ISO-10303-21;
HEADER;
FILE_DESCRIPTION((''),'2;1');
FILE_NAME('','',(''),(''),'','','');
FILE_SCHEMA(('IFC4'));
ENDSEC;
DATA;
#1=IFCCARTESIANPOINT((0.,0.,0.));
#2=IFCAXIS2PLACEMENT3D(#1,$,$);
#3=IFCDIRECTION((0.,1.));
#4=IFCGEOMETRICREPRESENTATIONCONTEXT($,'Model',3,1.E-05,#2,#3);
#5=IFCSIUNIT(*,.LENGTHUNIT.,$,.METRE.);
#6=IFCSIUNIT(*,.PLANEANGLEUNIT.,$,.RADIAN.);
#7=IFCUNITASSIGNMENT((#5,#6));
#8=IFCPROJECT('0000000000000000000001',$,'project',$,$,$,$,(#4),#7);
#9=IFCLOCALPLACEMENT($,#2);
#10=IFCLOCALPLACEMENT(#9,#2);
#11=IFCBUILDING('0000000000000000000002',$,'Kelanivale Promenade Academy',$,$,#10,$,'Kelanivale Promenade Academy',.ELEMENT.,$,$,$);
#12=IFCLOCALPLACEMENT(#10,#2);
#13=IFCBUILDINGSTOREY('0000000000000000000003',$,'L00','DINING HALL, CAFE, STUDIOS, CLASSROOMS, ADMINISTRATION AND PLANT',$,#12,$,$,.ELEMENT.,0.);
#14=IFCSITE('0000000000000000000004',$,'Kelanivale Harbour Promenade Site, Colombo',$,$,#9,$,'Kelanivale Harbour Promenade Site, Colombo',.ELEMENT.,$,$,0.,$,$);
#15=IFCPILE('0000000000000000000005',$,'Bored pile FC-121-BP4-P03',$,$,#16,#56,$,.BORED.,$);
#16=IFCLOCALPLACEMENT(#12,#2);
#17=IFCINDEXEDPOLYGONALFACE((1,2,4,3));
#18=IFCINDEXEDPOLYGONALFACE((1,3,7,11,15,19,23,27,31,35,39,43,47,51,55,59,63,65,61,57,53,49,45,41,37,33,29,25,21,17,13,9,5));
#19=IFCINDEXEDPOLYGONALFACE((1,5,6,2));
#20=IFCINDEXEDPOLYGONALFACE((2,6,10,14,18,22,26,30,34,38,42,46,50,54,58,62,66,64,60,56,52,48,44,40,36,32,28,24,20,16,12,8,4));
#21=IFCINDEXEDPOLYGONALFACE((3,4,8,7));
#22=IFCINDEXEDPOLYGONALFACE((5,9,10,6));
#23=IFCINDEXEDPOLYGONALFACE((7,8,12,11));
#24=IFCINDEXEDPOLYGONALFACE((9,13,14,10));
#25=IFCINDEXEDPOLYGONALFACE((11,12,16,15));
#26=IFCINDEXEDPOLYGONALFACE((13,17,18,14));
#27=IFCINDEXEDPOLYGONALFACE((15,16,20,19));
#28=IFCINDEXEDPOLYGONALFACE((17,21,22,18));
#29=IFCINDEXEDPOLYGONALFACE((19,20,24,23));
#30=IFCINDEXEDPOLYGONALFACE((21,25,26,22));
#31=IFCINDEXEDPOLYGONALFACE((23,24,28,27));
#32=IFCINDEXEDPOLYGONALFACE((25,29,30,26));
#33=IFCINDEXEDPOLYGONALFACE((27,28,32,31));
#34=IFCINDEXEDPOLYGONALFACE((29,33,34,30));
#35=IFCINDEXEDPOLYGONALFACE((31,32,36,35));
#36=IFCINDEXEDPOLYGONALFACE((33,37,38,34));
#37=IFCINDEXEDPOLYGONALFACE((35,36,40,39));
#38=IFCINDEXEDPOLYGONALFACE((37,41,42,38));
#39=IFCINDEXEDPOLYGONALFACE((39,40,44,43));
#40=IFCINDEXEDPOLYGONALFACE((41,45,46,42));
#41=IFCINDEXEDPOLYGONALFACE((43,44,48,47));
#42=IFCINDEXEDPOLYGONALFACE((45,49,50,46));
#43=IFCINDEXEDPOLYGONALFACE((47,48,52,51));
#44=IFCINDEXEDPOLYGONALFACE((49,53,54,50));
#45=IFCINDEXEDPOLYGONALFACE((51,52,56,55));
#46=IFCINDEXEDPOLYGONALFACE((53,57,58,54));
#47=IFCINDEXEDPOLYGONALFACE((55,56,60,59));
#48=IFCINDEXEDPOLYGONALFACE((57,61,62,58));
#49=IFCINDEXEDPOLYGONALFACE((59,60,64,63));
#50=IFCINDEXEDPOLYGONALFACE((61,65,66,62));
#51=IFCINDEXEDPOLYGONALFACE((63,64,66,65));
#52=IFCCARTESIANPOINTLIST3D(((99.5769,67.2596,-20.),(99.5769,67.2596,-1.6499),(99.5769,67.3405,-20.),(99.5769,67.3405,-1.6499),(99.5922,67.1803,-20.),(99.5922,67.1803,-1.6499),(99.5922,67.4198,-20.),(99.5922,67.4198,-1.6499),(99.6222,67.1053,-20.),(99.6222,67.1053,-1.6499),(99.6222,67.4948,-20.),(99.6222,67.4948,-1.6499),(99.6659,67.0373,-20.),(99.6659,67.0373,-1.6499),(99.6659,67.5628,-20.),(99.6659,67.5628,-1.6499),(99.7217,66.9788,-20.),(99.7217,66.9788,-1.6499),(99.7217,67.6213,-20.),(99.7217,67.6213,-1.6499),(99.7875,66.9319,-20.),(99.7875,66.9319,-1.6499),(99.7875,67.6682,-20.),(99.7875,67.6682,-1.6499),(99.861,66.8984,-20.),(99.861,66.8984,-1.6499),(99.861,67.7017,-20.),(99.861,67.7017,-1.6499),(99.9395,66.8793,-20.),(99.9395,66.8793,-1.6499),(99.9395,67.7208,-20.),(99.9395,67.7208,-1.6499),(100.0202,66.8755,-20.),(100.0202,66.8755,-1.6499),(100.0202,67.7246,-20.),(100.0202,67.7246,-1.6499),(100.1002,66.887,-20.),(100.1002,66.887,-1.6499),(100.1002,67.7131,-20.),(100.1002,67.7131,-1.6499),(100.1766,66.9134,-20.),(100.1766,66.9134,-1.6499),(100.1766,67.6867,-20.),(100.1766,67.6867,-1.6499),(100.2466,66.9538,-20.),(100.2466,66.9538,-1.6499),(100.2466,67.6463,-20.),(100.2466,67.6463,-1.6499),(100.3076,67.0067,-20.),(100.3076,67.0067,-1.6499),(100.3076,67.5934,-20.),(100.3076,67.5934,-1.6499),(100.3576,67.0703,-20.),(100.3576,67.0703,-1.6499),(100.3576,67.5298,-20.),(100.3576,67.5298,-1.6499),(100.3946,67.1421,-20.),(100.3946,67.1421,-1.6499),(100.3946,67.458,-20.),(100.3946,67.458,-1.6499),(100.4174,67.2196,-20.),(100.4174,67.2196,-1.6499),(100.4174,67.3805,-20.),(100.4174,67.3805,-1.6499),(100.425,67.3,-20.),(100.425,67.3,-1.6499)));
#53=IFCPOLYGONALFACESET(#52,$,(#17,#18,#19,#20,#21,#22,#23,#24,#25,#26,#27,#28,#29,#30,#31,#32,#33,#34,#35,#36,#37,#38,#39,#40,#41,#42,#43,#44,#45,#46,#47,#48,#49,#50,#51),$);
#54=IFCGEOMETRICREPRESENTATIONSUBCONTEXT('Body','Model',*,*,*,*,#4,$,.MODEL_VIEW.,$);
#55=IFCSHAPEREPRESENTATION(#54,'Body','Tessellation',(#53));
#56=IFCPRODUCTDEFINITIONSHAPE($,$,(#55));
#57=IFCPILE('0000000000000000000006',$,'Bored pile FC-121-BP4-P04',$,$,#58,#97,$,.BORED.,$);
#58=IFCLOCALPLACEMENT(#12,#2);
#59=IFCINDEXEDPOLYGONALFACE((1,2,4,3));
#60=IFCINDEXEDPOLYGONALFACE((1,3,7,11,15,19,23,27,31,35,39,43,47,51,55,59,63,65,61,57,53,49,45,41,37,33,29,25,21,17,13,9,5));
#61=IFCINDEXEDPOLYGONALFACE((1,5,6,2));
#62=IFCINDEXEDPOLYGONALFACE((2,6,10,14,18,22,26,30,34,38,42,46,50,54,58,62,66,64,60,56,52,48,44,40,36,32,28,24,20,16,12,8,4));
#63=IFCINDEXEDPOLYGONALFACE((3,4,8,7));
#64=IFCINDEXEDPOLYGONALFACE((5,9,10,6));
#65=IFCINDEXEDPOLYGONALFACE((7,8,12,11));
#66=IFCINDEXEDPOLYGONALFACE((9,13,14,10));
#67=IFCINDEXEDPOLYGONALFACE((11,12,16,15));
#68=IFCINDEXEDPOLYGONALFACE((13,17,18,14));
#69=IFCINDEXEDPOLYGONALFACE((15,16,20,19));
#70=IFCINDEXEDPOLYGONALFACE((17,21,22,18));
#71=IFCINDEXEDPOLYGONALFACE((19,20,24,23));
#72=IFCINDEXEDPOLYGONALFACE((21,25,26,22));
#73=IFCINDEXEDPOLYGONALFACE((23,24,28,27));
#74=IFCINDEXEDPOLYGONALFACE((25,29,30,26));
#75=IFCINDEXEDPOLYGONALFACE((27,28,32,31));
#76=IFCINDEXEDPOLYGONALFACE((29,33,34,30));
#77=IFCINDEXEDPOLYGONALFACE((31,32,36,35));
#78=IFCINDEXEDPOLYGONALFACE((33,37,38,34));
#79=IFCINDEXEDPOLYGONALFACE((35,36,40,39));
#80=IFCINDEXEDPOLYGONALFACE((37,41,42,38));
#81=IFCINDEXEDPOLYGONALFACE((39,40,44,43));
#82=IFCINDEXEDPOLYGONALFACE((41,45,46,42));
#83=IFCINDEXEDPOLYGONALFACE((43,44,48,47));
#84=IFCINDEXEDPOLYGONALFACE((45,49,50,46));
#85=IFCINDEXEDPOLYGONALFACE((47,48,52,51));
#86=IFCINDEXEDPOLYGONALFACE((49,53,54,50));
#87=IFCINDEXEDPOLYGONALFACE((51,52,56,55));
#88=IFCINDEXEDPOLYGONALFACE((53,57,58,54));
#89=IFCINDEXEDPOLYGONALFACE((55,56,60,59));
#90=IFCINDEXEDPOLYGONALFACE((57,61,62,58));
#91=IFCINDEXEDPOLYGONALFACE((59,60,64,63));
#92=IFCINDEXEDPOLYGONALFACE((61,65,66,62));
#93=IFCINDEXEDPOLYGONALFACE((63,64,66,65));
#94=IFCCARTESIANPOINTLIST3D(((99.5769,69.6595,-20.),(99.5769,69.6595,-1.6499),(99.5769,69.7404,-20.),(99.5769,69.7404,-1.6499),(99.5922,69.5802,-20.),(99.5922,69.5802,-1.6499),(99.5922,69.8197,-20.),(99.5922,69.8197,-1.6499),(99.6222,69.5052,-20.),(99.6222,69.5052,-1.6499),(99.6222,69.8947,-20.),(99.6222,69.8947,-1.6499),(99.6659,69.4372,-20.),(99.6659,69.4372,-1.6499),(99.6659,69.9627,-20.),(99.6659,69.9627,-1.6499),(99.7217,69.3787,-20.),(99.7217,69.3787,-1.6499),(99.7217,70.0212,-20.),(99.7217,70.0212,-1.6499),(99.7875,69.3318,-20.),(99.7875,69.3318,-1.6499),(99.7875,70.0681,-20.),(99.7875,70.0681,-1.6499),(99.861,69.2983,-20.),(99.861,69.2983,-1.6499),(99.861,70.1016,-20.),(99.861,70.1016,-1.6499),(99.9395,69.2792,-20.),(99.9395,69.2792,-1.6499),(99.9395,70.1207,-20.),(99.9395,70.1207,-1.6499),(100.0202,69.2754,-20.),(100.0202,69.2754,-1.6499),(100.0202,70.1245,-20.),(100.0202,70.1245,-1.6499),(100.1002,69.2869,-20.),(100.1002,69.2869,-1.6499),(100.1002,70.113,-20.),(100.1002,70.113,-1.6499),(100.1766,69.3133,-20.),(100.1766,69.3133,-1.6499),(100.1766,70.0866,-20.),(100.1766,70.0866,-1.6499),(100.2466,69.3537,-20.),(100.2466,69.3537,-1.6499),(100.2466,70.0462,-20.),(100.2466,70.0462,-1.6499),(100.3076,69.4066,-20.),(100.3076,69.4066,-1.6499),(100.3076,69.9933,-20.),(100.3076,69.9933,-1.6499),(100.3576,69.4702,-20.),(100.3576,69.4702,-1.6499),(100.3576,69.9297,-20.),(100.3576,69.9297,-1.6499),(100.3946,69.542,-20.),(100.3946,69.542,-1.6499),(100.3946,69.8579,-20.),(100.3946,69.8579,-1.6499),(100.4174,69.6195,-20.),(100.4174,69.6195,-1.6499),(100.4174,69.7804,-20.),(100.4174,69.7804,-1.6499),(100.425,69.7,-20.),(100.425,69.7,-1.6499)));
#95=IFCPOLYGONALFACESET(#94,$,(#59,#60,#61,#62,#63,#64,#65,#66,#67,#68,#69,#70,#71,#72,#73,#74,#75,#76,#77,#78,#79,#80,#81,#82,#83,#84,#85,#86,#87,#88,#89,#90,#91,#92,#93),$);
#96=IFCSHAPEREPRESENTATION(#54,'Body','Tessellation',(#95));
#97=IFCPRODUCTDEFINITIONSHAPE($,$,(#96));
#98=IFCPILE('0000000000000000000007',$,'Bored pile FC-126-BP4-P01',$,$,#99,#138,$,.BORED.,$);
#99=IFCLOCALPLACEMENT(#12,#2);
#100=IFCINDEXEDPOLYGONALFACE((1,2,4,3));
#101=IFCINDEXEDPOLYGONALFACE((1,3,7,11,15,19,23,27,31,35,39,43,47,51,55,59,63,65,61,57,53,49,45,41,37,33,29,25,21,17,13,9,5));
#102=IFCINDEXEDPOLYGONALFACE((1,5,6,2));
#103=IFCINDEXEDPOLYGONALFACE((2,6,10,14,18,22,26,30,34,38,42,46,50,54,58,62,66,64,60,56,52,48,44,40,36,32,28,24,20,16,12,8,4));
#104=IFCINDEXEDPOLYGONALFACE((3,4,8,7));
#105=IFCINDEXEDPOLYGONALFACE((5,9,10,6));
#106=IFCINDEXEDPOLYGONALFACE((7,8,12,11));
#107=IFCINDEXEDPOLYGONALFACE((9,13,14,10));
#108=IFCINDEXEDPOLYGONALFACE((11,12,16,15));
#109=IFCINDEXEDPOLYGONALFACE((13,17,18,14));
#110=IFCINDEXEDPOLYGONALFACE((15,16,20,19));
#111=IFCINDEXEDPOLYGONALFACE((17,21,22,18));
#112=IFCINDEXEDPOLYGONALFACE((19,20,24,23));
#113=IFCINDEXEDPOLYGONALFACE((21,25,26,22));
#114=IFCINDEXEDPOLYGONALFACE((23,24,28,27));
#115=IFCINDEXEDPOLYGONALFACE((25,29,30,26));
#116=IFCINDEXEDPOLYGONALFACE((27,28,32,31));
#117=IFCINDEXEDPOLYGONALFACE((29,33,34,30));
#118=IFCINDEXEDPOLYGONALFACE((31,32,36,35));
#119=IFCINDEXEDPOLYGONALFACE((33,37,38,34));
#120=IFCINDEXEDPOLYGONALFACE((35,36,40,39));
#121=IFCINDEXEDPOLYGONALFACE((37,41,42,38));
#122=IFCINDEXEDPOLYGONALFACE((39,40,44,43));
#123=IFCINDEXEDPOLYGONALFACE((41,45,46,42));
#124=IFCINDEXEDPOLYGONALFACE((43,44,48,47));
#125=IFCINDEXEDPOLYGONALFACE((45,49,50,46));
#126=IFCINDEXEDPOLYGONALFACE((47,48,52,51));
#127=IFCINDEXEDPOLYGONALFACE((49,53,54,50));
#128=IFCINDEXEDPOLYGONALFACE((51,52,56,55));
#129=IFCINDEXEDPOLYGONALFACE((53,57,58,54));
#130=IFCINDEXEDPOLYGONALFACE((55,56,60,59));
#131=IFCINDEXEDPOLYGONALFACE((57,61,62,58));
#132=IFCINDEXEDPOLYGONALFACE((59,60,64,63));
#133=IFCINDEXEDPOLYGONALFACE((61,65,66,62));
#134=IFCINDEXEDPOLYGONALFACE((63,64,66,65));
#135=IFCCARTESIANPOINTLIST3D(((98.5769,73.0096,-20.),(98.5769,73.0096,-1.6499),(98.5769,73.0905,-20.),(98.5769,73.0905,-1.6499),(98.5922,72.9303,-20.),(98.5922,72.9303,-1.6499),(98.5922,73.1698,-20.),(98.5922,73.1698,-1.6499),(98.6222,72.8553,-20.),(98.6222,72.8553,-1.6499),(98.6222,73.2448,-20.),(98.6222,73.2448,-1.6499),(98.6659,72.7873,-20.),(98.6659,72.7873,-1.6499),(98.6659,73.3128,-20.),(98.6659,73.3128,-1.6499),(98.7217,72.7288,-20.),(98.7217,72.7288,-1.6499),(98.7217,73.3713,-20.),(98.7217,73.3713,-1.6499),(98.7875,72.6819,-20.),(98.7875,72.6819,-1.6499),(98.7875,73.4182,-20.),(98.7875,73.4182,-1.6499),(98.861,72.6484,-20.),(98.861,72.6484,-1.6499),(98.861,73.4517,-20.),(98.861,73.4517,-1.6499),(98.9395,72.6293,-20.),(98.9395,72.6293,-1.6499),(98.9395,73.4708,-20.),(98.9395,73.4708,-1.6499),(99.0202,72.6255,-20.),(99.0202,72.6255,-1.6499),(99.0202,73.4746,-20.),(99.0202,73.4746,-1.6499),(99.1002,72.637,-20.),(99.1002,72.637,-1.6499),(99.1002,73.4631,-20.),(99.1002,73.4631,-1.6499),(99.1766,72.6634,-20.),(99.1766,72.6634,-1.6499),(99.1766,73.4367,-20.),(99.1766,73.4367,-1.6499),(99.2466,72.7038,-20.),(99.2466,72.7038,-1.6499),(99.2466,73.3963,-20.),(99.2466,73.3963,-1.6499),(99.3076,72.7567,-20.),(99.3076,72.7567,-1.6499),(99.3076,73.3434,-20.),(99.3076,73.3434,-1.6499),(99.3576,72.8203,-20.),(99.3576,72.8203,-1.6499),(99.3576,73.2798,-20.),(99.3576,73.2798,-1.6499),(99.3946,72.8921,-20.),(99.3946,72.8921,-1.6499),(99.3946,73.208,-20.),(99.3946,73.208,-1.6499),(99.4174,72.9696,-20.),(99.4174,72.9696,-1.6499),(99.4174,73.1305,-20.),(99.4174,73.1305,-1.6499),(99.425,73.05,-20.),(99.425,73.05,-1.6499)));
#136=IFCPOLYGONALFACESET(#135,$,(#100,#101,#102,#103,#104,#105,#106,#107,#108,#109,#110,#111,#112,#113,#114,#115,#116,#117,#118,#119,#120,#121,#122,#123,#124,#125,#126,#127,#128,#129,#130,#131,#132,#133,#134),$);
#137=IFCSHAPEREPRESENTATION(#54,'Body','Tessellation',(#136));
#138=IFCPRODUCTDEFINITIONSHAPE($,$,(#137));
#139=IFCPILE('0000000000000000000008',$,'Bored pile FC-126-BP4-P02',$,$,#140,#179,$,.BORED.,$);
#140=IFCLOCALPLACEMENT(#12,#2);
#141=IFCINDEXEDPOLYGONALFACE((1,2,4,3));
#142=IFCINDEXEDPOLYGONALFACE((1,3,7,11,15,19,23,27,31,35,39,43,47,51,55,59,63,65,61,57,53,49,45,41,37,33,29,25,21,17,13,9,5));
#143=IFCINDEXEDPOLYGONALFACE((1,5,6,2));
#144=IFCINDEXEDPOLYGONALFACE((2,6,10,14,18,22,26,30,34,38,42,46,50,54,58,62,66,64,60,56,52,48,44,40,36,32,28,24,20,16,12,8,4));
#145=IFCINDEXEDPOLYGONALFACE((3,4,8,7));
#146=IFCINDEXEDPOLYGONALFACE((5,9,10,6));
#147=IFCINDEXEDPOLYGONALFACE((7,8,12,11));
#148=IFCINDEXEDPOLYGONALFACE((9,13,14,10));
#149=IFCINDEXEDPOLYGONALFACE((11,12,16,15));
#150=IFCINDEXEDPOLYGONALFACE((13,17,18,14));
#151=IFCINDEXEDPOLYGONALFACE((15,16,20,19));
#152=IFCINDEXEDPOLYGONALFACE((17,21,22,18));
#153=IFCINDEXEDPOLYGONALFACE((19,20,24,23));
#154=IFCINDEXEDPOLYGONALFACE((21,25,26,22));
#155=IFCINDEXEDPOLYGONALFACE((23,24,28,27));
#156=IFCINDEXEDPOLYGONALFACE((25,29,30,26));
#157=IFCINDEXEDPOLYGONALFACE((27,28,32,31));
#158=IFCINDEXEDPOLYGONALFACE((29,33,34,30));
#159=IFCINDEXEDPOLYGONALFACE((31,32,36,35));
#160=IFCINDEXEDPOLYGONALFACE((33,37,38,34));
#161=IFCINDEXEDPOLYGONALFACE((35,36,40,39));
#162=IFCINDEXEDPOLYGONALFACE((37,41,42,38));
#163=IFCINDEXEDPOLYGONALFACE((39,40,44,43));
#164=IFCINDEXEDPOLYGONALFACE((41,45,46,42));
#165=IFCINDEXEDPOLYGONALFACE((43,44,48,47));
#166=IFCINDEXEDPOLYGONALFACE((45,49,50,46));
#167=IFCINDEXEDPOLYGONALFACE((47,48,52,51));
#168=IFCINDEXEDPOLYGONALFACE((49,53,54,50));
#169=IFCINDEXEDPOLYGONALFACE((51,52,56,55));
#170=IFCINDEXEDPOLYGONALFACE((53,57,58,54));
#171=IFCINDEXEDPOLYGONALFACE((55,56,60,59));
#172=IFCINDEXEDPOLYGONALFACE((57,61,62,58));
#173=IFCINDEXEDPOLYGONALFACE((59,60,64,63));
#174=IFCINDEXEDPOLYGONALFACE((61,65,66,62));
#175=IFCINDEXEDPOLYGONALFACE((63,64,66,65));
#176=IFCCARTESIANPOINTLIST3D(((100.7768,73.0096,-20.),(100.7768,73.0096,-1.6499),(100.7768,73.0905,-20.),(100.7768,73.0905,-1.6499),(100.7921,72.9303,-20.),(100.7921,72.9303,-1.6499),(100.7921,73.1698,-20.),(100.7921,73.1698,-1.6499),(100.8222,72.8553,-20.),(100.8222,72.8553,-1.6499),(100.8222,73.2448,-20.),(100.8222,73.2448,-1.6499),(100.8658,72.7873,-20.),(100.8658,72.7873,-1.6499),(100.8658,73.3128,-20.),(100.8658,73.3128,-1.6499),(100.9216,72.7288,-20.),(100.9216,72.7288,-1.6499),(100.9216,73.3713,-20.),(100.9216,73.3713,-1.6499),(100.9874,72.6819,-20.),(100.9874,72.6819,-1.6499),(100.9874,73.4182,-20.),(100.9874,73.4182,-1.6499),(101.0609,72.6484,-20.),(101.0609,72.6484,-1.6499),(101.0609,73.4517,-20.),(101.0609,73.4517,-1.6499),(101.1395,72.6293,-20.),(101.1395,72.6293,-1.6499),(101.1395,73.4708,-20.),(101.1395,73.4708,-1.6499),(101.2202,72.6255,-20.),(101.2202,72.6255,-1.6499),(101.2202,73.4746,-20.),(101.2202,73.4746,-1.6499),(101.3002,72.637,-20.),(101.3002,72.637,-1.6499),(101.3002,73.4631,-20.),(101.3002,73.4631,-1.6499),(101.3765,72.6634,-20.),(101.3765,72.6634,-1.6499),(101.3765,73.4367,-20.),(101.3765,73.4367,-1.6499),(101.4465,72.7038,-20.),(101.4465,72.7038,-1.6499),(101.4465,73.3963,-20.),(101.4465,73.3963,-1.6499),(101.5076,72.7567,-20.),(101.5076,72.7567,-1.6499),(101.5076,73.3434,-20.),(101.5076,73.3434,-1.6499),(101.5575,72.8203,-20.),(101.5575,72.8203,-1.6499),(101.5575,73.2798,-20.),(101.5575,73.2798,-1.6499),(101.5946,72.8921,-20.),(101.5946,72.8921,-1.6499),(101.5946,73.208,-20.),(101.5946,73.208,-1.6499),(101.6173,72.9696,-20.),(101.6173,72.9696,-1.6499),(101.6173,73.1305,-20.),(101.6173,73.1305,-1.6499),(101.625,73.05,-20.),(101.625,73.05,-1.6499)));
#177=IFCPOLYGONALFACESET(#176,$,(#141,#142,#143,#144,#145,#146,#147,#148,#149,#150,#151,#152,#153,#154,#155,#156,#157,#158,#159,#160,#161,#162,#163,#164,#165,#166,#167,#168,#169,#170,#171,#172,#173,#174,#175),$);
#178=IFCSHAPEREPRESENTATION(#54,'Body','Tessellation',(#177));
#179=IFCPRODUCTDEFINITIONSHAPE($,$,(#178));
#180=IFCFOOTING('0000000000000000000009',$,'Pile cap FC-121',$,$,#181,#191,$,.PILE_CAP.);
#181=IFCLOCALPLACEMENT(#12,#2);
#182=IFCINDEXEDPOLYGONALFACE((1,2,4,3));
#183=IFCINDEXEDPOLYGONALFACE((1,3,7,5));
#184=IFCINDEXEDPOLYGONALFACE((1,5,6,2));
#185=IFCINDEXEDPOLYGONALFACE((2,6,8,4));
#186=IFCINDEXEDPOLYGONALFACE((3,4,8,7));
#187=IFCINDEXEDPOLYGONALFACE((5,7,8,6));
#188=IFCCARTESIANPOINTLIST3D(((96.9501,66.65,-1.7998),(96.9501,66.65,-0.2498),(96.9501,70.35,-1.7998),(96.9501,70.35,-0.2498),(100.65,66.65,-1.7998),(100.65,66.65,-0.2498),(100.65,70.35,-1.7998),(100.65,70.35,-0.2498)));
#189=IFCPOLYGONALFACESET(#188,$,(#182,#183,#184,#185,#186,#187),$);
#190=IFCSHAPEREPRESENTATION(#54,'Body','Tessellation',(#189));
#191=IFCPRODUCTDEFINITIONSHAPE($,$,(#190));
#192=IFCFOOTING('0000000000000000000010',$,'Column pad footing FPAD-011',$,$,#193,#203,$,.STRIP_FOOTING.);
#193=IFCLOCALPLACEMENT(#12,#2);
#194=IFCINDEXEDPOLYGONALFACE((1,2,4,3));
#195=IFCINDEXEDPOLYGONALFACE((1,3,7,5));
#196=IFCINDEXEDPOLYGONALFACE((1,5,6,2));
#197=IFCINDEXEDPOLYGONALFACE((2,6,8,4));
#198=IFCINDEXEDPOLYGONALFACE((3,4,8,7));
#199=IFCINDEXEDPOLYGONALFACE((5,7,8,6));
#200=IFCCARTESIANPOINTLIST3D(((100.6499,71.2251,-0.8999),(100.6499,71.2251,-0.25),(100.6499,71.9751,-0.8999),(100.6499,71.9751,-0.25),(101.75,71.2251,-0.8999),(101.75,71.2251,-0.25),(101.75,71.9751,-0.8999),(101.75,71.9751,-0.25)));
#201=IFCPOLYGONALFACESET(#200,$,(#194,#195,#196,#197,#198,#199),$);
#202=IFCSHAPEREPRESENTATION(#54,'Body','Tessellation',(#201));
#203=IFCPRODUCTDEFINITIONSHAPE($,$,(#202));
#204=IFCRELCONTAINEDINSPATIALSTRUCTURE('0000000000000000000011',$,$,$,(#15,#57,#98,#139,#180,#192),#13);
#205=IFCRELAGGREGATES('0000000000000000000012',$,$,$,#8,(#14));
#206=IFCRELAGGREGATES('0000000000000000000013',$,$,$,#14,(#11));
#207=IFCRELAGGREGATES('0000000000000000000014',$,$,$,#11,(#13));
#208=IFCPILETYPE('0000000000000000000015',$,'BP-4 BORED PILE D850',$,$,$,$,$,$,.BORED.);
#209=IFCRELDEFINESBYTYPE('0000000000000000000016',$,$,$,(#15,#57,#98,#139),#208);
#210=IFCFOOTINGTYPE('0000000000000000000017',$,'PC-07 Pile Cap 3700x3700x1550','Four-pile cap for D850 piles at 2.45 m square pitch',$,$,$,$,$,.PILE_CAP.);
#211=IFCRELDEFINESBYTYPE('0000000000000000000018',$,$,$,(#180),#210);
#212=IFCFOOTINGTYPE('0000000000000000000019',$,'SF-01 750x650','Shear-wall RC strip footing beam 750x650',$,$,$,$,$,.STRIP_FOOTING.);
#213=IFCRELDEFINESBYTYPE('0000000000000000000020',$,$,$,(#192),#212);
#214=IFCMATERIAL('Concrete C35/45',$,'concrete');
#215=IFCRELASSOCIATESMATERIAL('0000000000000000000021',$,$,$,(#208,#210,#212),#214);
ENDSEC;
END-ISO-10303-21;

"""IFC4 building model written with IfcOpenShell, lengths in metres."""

from ifc_helpers import new_model, si_unit, direction, frame, origin, origin_2d, place, context, subcontext, project, spatial, rectangle, circle, extrude, material, material_profile, profile_set, type_object, element, save


model = new_model("IFC4")

# Units and contexts
model_context = context("Model", 3, precision=1e-05, world=origin(), true_north=direction((0.0, 1.0)))
body_context = subcontext(model_context, "Body", "Model", "MODEL_VIEW")
ifc_project = project(units=[si_unit("LENGTHUNIT", "METRE"), si_unit("PLANEANGLEUNIT", "RADIAN")], contexts=[model_context])

# Site, building, storey
site_placement = place(None, origin())
site = spatial("IfcSite", under=ifc_project, at=site_placement, Name="Kelanivale Harbour Promenade Site, Colombo", LongName="Kelanivale Harbour Promenade Site, Colombo", CompositionType="ELEMENT", RefElevation=0.0)
building_placement = place(site_placement, origin())
building = spatial("IfcBuilding", under=site, at=building_placement, Name="Kelanivale Promenade Academy", LongName="Kelanivale Promenade Academy", CompositionType="ELEMENT")
storey_placement = place(building_placement, origin())
storey = spatial("IfcBuildingStorey", under=building, at=storey_placement, Name="L00", Description="DINING HALL, CAFE, STUDIOS, CLASSROOMS, ADMINISTRATION AND PLANT", CompositionType="ELEMENT", Elevation=0.0)

# Piles
ifc_material_1 = material(Name="Concrete C35/45", Category="concrete")
ifc_material_profile_1 = material_profile(ifc_material_1, circle(Radius=0.425, at=origin_2d()), Name="BORED PILE D850")
ifc_profile_set_1 = profile_set([ifc_material_profile_1], Name="Concrete C35/45")
pile_type = type_object("IfcPileType", Name="BP-4 BORED PILE D850", PredefinedType="BORED", material=ifc_profile_set_1)
for number, where, z_axis, x_axis, name in (
    (1, (100.0, 67.3, -1.6499), (0.0, 0.0, -1.0), (1.0, 0.0, 0.0), "Bored pile FC-121-BP4-P03"),
    (2, (100.0, 69.7, -1.6499), (0.0, 0.0, -1.0), (1.0, 0.0, 0.0), "Bored pile FC-121-BP4-P04"),
    (3, (99.0, 73.05, -1.6499), (0.0, 0.0, -1.0), (1.0, 0.0, 0.0), "Bored pile FC-126-BP4-P01"),
    (4, (101.2, 73.05, -1.6499), (0.0, 0.0, -1.0), (1.0, 0.0, 0.0), "Bored pile FC-126-BP4-P02"),
):
    element("IfcPile", number, at=place(storey_placement, frame(where, z_axis=z_axis, x_axis=x_axis)), inside=storey, type_object=pile_type, Name=name, PredefinedType="BORED", context=body_context, shape_type="SweptSolid", body=[
        extrude(circle(Radius=0.425, at=origin_2d()), origin(), (0.0, 0.0, 1.0), 18.3501),
    ])

# Footings
footing_type_1 = type_object("IfcFootingType", Name="PC-07 Pile Cap 3700x3700x1550", Description="Four-pile cap for D850 piles at 2.45 m square pitch", PredefinedType="PILE_CAP", material=ifc_material_1)
footing_1_placement = place(storey_placement, frame((98.8, 68.5, -1.7998), z_axis=(0.0, 0.0, 1.0), x_axis=(1.0, 0.0, 0.0)))
element("IfcFooting", 5, at=footing_1_placement, inside=storey, type_object=footing_type_1, Name="Pile cap FC-121", PredefinedType="PILE_CAP", context=body_context, shape_type="SweptSolid", body=[
    extrude(rectangle(XDim=3.7, YDim=3.7, at=origin_2d()), origin(), (0.0, 0.0, 1.0), 1.55),
])
footing_type_2 = type_object("IfcFootingType", Name="SF-01 750x650", Description="Shear-wall RC strip footing beam 750x650", PredefinedType="STRIP_FOOTING", material=ifc_material_1)
footing_2_placement = place(storey_placement, frame((101.2, 71.6001, -0.8999), z_axis=(0.0, 0.0, 1.0), x_axis=(1.0, 0.0, 0.0)))
element("IfcFooting", 6, at=footing_2_placement, inside=storey, type_object=footing_type_2, Name="Column pad footing FPAD-011", PredefinedType="STRIP_FOOTING", context=body_context, shape_type="SweptSolid", body=[
    extrude(rectangle(XDim=1.1001, YDim=0.75, at=origin_2d()), origin(), (0.0, 0.0, 1.0), 0.6499),
])

save(model, "model.ifc")
